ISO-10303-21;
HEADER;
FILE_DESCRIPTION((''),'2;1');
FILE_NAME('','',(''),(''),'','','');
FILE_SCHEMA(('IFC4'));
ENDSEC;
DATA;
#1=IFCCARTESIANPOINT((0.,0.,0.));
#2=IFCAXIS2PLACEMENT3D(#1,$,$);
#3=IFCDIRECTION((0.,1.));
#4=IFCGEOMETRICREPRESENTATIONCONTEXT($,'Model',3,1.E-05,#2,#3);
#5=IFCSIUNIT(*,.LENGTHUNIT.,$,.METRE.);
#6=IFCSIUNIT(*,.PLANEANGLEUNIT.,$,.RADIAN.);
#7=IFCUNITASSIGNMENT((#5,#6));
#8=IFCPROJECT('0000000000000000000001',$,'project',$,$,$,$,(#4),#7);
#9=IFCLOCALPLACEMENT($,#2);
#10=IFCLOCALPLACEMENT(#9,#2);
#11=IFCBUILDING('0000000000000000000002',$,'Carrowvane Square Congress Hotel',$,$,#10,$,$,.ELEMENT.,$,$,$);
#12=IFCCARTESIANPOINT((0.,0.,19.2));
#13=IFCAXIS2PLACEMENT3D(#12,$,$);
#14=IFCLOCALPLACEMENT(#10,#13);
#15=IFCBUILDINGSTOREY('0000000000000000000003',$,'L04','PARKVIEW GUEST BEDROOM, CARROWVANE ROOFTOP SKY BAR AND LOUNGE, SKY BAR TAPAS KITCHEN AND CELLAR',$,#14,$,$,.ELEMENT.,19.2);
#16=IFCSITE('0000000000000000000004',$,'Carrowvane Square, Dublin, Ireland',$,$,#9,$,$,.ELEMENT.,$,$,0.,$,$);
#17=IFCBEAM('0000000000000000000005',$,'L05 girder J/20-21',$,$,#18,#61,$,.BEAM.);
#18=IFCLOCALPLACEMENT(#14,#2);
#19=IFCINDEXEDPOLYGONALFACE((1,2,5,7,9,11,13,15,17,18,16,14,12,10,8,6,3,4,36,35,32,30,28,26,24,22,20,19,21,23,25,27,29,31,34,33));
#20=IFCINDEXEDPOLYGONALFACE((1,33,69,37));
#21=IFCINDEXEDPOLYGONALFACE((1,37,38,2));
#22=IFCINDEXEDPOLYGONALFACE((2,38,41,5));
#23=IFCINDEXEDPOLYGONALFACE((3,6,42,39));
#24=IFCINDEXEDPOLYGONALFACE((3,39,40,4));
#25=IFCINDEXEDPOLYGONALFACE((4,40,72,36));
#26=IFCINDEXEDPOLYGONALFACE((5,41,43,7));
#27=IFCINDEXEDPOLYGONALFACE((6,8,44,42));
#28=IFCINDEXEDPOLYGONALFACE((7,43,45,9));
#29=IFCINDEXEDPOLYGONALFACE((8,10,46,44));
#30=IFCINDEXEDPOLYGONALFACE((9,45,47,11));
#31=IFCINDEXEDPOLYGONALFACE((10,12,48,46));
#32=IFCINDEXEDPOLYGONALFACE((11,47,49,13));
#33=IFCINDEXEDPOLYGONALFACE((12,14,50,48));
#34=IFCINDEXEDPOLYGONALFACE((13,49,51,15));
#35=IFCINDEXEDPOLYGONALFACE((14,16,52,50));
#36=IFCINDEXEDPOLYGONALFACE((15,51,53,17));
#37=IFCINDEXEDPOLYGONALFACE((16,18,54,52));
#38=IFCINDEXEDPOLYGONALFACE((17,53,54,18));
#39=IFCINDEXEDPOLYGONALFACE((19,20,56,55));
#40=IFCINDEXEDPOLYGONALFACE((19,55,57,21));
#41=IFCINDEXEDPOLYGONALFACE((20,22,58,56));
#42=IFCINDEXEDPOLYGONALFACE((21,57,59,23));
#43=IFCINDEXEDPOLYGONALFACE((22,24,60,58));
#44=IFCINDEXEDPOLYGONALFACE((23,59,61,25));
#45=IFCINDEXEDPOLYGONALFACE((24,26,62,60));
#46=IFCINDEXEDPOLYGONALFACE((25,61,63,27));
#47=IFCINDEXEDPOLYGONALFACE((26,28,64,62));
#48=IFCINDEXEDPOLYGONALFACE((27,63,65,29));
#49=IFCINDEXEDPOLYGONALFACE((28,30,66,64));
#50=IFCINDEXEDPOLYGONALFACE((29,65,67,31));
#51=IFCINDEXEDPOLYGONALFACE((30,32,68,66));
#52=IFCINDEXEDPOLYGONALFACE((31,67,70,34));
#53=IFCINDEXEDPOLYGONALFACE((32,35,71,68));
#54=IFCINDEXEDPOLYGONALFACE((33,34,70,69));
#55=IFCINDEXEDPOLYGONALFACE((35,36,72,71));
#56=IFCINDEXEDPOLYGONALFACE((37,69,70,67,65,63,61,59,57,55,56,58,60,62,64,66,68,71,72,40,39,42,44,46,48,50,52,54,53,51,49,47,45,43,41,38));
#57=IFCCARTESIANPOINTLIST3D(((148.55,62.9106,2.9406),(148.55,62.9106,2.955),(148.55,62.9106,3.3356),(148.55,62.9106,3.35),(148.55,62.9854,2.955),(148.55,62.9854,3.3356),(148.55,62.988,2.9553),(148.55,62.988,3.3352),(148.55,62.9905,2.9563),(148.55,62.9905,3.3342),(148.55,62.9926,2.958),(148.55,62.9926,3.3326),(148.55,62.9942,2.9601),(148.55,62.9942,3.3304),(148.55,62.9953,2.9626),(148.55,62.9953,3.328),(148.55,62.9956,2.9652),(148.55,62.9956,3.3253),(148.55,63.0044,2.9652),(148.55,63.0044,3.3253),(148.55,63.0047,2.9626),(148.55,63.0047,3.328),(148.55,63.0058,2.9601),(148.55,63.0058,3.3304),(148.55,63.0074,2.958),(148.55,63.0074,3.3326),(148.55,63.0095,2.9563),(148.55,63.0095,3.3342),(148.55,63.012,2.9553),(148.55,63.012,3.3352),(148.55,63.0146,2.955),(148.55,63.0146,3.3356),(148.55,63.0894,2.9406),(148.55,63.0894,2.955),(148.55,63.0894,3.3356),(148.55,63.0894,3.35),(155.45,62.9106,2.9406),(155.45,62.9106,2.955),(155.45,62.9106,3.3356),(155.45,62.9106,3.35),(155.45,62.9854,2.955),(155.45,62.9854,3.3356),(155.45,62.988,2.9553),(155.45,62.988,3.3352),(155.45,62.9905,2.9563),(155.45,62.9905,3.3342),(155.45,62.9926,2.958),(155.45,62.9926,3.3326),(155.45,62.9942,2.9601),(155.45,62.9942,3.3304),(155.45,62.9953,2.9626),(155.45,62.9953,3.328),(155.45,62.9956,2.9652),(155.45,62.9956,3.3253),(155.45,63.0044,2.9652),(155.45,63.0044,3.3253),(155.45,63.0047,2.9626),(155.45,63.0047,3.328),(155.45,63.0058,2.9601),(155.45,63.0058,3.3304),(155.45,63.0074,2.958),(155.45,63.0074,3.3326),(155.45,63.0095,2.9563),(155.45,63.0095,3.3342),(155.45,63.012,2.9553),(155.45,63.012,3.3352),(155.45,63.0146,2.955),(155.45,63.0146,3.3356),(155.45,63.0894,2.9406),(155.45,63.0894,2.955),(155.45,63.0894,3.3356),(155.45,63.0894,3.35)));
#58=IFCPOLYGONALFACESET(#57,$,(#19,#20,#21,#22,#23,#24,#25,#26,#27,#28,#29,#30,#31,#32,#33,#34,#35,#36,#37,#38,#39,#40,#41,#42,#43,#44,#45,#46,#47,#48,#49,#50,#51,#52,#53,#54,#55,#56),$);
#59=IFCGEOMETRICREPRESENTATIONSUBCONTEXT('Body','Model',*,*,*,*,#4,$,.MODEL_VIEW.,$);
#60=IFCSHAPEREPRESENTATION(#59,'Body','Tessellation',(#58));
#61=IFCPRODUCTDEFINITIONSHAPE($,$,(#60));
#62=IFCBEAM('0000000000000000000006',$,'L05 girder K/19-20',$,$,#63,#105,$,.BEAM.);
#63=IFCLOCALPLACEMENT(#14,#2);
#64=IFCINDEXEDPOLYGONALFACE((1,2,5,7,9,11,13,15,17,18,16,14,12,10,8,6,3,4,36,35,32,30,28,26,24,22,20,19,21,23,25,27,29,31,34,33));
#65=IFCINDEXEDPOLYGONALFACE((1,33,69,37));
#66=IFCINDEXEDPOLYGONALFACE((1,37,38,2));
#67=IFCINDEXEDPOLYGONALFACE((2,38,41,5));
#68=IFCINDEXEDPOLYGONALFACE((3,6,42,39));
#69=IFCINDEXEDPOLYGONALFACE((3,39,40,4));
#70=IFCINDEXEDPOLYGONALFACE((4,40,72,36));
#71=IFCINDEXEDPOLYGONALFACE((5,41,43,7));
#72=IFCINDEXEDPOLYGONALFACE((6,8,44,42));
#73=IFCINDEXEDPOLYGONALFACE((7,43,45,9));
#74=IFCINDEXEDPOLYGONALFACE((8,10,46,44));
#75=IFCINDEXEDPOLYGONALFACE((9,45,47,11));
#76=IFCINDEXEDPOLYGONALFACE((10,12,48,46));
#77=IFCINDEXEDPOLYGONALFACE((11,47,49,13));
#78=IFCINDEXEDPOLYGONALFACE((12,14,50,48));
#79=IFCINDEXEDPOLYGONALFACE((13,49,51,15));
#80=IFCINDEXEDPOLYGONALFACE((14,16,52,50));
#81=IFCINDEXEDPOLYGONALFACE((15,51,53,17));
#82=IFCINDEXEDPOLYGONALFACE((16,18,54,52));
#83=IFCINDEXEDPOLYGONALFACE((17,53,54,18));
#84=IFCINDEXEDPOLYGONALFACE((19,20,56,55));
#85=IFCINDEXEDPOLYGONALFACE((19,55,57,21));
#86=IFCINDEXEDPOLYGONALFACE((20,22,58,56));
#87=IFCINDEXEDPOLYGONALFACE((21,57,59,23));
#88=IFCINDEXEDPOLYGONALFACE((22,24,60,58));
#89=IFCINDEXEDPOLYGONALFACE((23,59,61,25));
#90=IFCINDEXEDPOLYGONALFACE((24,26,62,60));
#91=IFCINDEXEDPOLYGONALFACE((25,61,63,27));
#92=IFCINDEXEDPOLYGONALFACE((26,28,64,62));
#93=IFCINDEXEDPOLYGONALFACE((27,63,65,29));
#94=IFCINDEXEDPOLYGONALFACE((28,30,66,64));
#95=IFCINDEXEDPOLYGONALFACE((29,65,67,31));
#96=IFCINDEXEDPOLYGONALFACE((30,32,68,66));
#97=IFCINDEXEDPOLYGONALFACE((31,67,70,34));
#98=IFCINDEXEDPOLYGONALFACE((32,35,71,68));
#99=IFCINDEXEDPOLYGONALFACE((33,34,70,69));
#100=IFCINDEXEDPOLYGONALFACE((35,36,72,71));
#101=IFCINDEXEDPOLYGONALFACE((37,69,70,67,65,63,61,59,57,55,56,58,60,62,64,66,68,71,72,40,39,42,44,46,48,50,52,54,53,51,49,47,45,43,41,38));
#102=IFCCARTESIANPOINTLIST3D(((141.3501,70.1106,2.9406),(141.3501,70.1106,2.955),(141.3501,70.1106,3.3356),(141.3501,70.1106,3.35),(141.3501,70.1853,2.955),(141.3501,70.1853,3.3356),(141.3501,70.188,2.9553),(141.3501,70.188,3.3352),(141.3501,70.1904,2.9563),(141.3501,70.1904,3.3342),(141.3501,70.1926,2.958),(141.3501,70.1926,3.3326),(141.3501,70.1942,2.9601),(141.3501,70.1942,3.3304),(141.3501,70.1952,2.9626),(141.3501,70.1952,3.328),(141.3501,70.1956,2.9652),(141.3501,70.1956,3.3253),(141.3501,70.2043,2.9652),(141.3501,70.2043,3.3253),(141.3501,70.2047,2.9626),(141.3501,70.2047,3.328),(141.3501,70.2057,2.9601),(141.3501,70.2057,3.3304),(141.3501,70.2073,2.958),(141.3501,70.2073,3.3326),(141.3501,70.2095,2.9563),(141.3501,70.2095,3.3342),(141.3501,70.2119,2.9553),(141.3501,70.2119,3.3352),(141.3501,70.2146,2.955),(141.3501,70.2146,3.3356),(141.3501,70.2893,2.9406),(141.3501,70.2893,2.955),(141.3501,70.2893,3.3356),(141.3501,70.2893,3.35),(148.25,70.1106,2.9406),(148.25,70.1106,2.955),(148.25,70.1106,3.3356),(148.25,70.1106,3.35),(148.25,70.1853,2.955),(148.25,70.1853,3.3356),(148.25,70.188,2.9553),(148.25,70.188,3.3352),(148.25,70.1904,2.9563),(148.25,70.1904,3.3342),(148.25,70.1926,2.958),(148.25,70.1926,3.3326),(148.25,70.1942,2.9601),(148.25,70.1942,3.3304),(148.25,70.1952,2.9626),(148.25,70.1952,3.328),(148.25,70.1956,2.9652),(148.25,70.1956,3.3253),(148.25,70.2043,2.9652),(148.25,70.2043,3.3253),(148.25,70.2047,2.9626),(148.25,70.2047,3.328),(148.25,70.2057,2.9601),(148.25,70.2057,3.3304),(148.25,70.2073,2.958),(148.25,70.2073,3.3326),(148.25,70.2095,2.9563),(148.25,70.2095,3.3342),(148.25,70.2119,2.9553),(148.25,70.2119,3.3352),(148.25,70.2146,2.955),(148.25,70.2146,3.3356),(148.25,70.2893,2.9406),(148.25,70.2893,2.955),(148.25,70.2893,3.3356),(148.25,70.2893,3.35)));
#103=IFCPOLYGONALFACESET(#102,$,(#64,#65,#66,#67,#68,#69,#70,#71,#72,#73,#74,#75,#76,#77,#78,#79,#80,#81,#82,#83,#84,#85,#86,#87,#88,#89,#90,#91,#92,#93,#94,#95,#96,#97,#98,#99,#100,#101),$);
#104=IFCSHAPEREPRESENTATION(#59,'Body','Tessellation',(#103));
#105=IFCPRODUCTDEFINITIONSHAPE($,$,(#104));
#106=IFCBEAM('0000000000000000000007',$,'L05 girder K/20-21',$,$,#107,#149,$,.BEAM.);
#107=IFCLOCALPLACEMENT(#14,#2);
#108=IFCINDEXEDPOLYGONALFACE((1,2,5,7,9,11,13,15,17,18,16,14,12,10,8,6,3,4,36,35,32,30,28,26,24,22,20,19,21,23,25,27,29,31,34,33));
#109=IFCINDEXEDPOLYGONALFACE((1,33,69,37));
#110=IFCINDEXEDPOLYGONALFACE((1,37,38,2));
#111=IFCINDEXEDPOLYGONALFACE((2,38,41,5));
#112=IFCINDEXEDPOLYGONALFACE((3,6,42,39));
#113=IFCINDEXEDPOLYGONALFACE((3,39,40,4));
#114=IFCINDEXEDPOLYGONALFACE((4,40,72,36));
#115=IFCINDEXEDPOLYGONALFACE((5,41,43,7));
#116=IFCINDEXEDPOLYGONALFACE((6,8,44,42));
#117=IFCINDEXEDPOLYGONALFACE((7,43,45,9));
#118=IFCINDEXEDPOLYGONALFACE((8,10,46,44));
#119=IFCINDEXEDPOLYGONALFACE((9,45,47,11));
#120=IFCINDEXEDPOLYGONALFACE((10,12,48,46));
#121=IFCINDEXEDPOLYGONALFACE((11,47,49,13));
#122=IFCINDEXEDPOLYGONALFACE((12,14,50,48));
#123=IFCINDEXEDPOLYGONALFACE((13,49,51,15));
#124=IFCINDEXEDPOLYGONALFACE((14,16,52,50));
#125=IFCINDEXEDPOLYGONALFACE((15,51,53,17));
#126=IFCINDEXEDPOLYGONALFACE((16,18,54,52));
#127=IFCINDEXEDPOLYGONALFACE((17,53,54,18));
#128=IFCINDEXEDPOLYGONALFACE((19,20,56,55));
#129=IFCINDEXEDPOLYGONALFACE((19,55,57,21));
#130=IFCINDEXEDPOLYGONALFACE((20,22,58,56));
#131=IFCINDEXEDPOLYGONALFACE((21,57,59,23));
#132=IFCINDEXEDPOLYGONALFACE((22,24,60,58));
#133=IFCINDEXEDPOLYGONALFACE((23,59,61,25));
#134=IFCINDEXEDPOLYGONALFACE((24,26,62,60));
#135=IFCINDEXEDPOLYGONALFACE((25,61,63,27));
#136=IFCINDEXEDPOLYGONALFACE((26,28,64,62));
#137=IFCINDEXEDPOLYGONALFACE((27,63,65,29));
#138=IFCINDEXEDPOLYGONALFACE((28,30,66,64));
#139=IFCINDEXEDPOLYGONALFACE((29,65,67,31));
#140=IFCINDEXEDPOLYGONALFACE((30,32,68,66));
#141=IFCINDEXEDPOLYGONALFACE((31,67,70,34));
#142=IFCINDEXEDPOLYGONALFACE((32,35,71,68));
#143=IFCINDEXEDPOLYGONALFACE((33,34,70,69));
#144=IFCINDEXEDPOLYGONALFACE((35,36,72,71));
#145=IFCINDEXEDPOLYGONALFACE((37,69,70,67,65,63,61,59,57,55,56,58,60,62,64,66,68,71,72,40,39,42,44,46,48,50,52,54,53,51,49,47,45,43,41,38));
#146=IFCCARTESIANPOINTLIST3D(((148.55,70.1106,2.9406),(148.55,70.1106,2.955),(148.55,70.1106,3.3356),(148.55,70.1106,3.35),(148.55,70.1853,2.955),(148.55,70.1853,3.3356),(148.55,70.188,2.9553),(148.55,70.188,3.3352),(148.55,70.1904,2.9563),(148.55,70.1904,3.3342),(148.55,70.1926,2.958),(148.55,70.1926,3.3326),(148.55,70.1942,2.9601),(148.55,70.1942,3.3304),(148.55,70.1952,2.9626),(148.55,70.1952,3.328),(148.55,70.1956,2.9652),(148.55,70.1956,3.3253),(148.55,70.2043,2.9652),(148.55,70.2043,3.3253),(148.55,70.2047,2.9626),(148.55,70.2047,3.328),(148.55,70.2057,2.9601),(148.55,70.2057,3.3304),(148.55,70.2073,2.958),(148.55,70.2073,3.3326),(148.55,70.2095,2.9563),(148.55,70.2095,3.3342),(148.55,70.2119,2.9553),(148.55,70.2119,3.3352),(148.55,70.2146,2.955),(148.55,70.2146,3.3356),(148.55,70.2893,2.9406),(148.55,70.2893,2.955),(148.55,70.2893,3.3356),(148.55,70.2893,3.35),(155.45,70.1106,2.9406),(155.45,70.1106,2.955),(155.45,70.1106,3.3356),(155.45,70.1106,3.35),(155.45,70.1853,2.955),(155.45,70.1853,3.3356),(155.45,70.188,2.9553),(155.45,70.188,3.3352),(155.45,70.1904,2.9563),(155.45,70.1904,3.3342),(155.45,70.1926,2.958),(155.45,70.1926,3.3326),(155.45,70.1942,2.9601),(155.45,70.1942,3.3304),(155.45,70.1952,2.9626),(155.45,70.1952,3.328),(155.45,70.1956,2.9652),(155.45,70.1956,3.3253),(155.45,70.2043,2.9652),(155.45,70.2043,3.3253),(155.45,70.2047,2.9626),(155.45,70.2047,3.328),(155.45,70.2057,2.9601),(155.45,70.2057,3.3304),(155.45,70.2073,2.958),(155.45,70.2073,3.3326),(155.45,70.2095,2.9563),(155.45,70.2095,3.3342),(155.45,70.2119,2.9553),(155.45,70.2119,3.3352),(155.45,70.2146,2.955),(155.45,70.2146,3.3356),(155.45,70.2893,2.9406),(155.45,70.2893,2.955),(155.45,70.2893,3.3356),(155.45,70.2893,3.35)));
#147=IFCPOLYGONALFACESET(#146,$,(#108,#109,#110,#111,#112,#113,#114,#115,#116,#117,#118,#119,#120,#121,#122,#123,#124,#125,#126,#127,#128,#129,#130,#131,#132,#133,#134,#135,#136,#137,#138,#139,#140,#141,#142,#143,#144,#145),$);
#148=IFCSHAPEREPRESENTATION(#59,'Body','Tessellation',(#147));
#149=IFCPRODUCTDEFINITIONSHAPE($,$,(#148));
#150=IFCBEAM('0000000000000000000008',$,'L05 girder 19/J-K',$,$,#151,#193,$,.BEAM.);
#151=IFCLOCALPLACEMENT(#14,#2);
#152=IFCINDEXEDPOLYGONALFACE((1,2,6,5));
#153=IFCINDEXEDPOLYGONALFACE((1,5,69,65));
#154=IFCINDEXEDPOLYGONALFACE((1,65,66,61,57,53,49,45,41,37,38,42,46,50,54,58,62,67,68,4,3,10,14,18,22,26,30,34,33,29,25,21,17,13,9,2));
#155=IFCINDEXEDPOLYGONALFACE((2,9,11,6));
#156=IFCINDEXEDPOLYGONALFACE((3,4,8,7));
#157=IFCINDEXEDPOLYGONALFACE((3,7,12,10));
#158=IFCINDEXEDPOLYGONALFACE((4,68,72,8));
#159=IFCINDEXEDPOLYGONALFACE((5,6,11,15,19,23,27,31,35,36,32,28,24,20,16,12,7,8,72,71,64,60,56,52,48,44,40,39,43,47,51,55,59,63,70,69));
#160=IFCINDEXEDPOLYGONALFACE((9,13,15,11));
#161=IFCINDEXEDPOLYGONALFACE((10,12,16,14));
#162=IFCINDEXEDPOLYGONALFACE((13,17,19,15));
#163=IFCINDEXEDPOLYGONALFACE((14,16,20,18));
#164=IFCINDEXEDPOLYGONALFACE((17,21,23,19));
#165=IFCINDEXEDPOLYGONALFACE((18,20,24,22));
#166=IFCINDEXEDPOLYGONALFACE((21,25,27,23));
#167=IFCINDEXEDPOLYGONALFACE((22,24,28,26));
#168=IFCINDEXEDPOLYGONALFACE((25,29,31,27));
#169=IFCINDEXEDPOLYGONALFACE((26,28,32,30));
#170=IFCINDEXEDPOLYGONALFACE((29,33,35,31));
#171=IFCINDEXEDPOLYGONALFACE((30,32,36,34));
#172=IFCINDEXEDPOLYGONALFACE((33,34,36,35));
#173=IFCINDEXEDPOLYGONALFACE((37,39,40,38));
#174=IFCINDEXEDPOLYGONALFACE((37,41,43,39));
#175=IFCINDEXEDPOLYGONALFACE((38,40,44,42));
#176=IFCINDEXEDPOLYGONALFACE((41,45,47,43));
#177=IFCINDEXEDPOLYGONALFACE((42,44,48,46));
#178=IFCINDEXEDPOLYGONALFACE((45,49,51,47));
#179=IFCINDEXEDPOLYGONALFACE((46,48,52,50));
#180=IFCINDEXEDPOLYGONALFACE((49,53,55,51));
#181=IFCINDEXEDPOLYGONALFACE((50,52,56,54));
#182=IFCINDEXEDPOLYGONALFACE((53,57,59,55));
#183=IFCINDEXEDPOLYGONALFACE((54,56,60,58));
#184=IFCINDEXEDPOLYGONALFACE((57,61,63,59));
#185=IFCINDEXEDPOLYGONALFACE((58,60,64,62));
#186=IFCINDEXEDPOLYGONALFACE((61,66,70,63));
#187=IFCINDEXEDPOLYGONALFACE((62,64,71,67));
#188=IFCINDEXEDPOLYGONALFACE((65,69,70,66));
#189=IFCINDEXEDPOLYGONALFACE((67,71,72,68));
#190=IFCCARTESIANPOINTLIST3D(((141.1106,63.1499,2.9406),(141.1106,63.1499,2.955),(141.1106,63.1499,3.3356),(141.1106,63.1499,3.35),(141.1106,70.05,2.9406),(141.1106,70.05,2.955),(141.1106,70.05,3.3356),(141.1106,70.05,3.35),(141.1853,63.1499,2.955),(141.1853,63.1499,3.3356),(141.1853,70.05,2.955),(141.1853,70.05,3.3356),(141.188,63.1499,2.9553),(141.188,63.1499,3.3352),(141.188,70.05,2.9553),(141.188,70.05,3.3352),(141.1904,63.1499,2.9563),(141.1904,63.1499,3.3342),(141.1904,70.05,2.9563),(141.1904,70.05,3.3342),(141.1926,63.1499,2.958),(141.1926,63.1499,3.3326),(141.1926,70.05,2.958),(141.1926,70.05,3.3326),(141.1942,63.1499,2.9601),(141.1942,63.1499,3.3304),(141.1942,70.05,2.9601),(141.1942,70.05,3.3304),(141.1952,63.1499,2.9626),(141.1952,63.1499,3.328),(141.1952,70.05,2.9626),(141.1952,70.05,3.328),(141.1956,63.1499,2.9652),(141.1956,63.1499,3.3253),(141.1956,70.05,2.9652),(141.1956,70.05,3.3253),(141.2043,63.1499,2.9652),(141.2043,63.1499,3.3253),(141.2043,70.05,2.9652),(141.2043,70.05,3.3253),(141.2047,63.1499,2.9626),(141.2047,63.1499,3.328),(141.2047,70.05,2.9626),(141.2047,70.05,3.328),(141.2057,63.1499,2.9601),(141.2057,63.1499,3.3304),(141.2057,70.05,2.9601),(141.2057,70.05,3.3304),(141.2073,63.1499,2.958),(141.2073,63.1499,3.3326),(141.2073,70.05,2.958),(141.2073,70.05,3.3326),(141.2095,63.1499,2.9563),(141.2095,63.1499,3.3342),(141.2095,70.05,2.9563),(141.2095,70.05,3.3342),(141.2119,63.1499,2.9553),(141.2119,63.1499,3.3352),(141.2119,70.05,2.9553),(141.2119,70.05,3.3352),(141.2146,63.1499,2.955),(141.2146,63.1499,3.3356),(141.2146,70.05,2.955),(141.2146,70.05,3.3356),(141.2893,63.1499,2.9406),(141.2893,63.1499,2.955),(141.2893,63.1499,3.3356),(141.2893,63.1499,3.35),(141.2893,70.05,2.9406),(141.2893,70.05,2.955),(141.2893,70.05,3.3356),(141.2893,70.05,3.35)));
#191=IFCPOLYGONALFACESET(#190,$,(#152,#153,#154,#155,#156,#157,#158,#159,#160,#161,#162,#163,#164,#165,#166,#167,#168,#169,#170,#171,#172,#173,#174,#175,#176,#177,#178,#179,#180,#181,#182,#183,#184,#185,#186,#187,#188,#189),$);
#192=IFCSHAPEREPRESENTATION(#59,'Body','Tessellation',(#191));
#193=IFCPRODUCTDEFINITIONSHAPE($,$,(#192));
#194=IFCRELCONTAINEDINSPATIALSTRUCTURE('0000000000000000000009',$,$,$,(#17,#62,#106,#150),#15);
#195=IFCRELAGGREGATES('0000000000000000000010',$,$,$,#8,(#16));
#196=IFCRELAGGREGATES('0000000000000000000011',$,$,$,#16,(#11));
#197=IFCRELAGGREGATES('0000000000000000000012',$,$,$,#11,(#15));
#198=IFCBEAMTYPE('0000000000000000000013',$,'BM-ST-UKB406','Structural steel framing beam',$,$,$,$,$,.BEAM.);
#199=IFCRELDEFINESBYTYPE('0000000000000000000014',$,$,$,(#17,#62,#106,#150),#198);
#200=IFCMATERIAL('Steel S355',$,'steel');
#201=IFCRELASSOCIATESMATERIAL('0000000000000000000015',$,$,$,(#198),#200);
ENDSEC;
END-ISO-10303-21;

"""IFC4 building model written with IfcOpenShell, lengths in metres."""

from ifc_helpers import new_model, si_unit, direction, frame, origin, origin_2d, place, context, subcontext, project, spatial, i_section, extrude, material, material_profile, profile_set, type_object, element, save


model = new_model("IFC4")

# Units and contexts
model_context = context("Model", 3, precision=1e-05, world=origin(), true_north=direction((0.0, 1.0)))
body_context = subcontext(model_context, "Body", "Model", "MODEL_VIEW")
ifc_project = project(units=[si_unit("LENGTHUNIT", "METRE"), si_unit("PLANEANGLEUNIT", "RADIAN")], contexts=[model_context])

# Site, building, storey
site_placement = place(None, origin())
site = spatial("IfcSite", under=ifc_project, at=site_placement, Name="Carrowvane Square, Dublin, Ireland", CompositionType="ELEMENT", RefElevation=0.0)
building_placement = place(site_placement, origin())
building = spatial("IfcBuilding", under=site, at=building_placement, Name="Carrowvane Square Congress Hotel", CompositionType="ELEMENT")
storey_placement = place(building_placement, frame((0.0, 0.0, 19.2)))
storey = spatial("IfcBuildingStorey", under=building, at=storey_placement, Name="L04", Description="PARKVIEW GUEST BEDROOM, CARROWVANE ROOFTOP SKY BAR AND LOUNGE, SKY BAR TAPAS KITCHEN AND CELLAR", CompositionType="ELEMENT", Elevation=19.2)

# Beams
ifc_material_1 = material(Name="Steel S355", Category="steel")
ifc_material_profile_1 = material_profile(ifc_material_1, i_section(OverallWidth=0.1787, OverallDepth=0.4094, WebThickness=0.0088, FlangeThickness=0.0144, FilletRadius=0.0103, at=origin_2d()), Name="UKB 406x178x67")
ifc_profile_set_1 = profile_set([ifc_material_profile_1], Name="Steel S355")
beam_type_1 = type_object("IfcBeamType", Name="BM-ST-UKB406", Description="Structural steel framing beam", PredefinedType="BEAM", material=ifc_profile_set_1)
for number, where, z_axis, x_axis, name in (
    (1, (148.55, 63.0, 3.1453), (1.0, 0.0, 0.0), (0.0, 1.0, 0.0), "L05 girder J/20-21"),
    (2, (141.3501, 70.2, 3.1453), (1.0, 0.0, 0.0), (0.0, 1.0, 0.0), "L05 girder K/19-20"),
    (3, (148.55, 70.2, 3.1453), (1.0, 0.0, 0.0), (0.0, 1.0, 0.0), "L05 girder K/20-21"),
):
    element("IfcBeam", number, at=place(storey_placement, frame(where, z_axis=z_axis, x_axis=x_axis)), inside=storey, type_object=beam_type_1, Name=name, PredefinedType="BEAM", context=body_context, shape_type="SweptSolid", body=[
        extrude(i_section(OverallWidth=0.1787, OverallDepth=0.4094, WebThickness=0.0088, FlangeThickness=0.0144, FilletRadius=0.0103, at=origin_2d()), origin(), (0.0, 0.0, 1.0), 6.8999),
    ])
beam_1_placement = place(storey_placement, frame((141.2, 63.1499, 3.1453), z_axis=(0.0, 1.0, 0.0), x_axis=(-1.0, 0.0, 0.0)))
element("IfcBeam", 4, at=beam_1_placement, inside=storey, type_object=beam_type_1, Name="L05 girder 19/J-K", PredefinedType="BEAM", context=body_context, shape_type="SweptSolid", body=[
    extrude(i_section(OverallWidth=0.1787, OverallDepth=0.4094, WebThickness=0.0088, FlangeThickness=0.0144, FilletRadius=0.0103, at=origin_2d()), origin(), (0.0, 0.0, 1.0), 6.9001),
])

save(model, "model.ifc")
